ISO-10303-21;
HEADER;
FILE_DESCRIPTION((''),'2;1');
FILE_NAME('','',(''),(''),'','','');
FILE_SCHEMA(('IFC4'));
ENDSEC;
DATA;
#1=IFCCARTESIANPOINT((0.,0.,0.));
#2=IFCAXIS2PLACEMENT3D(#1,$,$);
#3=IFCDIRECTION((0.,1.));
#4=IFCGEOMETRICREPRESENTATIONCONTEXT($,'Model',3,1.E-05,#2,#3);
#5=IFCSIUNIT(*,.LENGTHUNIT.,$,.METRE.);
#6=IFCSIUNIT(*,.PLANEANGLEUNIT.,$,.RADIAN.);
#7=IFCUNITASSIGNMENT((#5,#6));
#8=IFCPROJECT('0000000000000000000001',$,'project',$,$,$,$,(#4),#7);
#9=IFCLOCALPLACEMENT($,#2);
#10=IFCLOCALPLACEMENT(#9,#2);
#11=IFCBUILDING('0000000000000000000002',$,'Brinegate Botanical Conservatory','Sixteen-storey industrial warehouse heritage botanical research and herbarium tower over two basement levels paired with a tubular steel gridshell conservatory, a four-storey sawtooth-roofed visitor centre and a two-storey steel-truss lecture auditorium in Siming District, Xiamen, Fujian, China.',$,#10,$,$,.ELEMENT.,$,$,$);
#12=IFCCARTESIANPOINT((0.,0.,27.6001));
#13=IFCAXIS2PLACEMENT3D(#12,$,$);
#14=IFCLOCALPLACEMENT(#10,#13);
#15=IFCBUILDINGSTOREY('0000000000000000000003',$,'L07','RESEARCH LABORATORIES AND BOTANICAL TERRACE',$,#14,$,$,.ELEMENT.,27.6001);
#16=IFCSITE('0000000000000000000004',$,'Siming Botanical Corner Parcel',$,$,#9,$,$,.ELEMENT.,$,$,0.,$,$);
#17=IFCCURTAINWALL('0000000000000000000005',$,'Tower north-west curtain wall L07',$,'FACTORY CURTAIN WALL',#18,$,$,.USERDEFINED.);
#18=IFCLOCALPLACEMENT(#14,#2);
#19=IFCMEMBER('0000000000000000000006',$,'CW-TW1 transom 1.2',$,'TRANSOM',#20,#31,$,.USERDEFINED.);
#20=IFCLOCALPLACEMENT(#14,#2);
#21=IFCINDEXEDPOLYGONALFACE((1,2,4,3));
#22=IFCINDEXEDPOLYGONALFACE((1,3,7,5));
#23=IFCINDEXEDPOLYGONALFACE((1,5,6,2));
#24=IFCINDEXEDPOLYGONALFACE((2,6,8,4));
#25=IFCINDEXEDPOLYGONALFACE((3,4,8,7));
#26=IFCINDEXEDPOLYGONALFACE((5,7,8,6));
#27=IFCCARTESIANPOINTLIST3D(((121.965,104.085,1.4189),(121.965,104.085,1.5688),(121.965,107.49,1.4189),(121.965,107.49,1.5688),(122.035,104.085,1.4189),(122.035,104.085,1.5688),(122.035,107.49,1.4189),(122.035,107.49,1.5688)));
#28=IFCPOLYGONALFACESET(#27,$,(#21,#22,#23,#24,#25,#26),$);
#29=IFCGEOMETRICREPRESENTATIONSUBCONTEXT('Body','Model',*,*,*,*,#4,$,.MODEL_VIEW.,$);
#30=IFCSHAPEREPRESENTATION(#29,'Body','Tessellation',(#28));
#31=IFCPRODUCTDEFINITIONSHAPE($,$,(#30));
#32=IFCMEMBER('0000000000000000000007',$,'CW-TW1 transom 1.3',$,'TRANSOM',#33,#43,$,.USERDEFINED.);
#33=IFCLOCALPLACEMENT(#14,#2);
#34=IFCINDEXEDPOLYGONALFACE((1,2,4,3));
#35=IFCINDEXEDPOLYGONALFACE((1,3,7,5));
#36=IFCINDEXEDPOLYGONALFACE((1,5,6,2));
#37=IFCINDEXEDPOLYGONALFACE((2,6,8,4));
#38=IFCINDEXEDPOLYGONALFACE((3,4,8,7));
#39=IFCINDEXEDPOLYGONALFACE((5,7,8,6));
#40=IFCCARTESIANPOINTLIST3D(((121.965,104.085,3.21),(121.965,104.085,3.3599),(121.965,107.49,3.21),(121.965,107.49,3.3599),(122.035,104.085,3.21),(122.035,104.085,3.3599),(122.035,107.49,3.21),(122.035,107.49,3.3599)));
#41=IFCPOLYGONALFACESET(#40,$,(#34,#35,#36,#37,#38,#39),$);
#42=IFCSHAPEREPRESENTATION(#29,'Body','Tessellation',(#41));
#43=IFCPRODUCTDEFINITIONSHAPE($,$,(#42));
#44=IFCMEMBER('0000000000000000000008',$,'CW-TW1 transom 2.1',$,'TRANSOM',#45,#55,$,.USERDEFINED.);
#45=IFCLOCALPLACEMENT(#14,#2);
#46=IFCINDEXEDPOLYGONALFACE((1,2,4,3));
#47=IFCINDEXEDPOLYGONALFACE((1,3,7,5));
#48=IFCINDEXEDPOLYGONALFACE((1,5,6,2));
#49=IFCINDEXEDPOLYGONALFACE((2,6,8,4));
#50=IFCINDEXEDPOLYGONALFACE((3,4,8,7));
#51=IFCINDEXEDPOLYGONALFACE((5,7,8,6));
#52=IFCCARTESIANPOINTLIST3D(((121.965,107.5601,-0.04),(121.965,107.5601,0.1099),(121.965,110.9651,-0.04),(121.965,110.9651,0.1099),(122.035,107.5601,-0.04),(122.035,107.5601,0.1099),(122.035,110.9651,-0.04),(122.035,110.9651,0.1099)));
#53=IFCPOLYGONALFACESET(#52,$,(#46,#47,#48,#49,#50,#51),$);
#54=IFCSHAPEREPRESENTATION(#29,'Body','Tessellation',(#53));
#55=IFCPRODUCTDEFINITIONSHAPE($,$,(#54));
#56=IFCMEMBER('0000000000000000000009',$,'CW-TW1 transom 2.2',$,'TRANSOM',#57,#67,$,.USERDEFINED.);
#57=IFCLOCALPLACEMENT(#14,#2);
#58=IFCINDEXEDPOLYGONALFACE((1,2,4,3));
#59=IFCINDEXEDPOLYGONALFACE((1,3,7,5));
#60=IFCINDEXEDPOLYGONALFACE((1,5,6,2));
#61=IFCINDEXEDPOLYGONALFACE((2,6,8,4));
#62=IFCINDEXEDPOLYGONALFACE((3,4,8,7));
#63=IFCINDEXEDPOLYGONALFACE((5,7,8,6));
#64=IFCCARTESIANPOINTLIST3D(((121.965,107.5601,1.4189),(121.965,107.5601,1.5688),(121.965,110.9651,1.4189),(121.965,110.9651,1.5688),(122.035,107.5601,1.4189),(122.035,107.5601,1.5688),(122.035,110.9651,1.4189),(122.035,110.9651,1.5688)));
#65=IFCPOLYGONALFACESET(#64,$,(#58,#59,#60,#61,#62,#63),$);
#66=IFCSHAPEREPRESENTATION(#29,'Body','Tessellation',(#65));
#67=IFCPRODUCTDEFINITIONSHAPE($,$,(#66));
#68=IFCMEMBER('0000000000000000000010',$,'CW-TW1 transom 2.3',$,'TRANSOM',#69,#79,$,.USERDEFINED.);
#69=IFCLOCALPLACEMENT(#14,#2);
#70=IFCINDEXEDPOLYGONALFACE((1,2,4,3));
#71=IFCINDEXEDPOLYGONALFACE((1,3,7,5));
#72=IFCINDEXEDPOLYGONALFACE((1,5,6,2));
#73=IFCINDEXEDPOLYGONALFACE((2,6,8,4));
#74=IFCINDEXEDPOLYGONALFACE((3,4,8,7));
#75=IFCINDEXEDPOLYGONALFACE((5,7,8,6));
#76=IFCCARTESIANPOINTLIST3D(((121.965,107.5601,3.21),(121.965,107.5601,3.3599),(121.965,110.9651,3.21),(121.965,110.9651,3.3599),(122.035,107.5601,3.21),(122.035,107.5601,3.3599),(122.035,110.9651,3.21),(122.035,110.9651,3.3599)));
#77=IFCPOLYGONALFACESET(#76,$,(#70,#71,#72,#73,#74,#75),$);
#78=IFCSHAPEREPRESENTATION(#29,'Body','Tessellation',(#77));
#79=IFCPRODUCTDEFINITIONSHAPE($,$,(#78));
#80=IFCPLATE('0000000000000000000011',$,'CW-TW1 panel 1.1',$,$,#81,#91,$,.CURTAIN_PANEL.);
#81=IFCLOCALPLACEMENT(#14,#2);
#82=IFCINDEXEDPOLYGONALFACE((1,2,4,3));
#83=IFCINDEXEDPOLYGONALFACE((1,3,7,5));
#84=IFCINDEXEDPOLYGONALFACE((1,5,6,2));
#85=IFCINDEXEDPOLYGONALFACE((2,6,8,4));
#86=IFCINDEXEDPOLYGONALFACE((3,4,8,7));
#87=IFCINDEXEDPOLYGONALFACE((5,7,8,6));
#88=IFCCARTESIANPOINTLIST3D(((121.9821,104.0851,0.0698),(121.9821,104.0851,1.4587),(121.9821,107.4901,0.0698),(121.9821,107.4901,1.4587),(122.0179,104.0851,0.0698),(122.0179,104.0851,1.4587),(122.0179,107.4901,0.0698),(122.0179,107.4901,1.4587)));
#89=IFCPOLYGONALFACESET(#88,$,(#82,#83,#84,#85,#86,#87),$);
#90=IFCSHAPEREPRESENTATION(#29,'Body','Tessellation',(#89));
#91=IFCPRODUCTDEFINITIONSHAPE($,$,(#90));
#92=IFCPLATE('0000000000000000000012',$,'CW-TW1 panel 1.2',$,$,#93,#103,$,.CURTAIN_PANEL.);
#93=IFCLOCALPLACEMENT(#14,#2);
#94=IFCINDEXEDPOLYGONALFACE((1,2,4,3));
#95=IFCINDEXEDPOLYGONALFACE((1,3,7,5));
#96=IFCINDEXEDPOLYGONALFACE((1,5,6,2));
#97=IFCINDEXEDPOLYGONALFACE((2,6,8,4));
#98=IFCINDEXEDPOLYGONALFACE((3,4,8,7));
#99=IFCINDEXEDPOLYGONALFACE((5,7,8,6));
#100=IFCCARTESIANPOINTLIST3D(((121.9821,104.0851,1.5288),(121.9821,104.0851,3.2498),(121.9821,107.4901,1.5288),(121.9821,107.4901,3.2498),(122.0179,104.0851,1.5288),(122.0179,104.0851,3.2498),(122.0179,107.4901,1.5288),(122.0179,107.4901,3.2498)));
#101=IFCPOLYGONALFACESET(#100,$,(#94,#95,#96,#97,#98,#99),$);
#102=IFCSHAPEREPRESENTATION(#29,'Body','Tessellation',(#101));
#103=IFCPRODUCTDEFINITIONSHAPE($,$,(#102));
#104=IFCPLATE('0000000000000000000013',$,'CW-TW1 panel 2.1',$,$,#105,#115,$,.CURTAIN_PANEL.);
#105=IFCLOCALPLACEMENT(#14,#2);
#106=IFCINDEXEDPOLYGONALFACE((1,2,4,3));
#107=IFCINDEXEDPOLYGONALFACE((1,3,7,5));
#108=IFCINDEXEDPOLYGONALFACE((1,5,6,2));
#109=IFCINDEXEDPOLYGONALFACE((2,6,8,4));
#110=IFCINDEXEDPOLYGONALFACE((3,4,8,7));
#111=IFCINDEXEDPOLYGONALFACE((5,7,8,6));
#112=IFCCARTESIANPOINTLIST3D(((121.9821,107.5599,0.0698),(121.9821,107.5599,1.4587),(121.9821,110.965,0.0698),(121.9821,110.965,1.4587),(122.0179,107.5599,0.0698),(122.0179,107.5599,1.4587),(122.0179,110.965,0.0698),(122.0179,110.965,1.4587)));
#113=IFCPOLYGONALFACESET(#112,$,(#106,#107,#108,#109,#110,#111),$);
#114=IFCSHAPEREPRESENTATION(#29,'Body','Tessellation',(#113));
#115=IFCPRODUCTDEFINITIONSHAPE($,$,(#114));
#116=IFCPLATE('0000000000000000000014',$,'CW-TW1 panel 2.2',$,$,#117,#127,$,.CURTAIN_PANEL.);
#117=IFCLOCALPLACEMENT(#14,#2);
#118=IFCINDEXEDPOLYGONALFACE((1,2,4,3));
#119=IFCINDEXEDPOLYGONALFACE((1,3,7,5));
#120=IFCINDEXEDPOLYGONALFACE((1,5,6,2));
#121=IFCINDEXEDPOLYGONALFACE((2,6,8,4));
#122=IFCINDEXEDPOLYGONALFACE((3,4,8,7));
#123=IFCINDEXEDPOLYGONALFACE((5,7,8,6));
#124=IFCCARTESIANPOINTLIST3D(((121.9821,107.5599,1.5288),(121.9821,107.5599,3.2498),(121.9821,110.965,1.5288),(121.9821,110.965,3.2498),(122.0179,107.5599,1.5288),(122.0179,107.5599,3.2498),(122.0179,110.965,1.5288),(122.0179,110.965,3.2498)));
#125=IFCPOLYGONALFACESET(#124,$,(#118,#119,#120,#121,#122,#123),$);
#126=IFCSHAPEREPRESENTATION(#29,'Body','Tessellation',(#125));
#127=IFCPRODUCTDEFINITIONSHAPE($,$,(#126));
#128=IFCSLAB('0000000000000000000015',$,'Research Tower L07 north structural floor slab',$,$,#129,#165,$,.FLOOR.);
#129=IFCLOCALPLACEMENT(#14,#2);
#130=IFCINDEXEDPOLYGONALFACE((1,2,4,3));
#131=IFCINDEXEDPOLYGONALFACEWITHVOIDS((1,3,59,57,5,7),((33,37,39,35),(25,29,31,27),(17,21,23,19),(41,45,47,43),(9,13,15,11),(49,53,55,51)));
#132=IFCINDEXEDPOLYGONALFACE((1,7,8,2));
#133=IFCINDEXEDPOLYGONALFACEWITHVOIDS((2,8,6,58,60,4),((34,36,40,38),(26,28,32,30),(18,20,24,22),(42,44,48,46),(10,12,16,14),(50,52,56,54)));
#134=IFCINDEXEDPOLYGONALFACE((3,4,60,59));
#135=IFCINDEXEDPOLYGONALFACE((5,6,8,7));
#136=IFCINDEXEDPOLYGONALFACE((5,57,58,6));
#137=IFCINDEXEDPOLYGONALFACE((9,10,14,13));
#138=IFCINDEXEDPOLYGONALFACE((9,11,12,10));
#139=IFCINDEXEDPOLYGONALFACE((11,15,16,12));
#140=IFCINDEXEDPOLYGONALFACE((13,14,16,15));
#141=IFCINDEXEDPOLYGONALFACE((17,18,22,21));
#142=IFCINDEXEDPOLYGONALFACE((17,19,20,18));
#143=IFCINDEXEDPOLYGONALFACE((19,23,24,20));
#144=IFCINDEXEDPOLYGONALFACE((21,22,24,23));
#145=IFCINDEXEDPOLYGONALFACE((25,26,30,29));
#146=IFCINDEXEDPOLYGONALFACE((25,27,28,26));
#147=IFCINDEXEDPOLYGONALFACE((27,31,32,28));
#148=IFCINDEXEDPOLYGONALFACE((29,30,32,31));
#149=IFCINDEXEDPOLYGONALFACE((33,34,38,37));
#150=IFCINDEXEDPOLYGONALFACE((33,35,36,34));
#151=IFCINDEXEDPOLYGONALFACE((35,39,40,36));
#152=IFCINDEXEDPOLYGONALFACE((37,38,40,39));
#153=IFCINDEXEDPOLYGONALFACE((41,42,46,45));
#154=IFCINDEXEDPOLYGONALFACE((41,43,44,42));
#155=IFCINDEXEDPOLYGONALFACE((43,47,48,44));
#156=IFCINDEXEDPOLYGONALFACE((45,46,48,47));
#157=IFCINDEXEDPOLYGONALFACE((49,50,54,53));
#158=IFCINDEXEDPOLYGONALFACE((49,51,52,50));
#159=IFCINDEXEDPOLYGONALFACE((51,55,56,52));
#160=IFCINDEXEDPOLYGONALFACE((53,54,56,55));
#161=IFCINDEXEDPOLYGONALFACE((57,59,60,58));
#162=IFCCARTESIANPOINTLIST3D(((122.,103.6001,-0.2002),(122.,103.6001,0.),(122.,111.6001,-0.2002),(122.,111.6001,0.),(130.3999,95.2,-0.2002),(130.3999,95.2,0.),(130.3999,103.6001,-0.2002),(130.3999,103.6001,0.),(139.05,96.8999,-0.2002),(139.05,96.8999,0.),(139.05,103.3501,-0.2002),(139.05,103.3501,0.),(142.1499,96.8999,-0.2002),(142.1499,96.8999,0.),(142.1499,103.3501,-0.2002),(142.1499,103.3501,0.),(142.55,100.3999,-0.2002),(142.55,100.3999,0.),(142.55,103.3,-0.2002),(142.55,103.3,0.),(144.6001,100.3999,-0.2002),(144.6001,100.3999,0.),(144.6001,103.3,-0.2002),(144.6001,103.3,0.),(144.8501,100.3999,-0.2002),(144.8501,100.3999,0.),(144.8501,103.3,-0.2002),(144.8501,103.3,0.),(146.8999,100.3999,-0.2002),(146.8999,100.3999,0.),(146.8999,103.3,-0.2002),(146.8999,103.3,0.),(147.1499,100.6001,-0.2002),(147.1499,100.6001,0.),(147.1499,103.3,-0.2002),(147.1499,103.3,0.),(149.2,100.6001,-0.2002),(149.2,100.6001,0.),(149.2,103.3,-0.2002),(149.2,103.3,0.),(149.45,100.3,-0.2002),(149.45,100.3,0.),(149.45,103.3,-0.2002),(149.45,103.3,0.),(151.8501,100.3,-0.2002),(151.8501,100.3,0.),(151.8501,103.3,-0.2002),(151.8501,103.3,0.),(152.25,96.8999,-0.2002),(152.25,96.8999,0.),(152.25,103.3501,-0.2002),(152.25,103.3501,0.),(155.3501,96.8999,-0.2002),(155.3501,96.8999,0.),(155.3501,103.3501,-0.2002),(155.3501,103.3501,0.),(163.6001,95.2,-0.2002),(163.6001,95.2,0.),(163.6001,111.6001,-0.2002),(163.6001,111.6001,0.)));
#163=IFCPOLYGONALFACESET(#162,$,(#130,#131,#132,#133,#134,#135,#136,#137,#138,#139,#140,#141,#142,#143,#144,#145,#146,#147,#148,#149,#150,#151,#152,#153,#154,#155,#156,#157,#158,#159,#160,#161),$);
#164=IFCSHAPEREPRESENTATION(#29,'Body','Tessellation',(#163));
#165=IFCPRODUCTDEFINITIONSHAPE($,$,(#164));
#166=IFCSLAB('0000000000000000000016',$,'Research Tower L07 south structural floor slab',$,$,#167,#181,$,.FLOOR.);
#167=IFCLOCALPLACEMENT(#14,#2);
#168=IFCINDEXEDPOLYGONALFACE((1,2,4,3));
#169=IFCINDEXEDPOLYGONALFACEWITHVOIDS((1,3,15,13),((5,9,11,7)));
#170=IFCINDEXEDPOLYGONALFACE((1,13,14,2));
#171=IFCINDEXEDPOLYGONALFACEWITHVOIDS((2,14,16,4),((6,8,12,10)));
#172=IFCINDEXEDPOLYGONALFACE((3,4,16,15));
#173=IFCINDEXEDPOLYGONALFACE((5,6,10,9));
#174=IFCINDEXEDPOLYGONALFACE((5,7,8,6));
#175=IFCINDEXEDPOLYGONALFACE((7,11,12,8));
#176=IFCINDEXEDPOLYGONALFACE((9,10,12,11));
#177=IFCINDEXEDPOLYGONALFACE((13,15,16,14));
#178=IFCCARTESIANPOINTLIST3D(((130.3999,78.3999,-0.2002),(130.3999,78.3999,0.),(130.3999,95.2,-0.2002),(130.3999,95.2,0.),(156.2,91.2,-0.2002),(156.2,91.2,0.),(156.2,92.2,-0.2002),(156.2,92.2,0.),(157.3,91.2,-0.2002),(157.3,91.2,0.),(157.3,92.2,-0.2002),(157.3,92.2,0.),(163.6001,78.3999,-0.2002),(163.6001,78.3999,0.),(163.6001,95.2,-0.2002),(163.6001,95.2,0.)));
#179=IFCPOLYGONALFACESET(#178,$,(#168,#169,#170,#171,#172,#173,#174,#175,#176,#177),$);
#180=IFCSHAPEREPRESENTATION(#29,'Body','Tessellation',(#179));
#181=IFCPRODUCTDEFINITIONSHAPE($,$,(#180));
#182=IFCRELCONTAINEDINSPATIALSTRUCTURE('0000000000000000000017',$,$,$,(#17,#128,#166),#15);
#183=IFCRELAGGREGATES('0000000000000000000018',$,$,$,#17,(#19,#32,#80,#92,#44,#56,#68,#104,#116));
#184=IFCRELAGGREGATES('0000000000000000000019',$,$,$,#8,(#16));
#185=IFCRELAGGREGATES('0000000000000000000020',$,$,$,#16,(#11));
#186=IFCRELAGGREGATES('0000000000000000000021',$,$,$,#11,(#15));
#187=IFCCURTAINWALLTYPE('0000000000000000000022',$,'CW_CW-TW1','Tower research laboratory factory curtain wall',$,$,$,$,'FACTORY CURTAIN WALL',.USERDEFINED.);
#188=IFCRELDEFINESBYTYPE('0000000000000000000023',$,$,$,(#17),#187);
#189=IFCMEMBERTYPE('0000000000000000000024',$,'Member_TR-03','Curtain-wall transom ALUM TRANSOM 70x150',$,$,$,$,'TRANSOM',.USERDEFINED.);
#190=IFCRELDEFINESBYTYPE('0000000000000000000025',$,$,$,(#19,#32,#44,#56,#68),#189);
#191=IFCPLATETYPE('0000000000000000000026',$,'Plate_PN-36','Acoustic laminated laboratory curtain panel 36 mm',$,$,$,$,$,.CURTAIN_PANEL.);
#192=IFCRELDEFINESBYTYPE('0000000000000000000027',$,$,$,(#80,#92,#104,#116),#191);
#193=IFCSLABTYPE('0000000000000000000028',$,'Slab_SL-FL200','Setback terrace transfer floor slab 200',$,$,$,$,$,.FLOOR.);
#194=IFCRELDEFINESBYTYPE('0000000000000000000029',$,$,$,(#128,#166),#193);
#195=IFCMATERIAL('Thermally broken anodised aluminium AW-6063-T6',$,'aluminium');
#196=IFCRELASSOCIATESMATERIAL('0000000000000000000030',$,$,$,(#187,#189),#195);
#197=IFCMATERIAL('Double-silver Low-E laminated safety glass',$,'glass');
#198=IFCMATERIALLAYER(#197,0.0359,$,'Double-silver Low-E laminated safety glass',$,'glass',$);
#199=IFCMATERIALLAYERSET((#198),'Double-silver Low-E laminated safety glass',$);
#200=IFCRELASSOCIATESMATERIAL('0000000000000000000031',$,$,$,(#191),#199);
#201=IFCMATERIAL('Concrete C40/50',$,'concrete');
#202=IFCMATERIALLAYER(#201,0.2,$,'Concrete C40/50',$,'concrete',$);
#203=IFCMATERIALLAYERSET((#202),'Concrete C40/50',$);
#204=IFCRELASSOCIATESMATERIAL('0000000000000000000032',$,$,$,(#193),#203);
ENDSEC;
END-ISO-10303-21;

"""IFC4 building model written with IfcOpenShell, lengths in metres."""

from ifc_helpers import new_model, si_unit, direction, frame, origin, origin_2d, place, context, subcontext, project, spatial, polyline, rectangle, outline, extrude, material, layer, layer_set, material_profile, profile_set, type_object, element, aggregate, save


model = new_model("IFC4")

# Units and contexts
model_context = context("Model", 3, precision=1e-05, world=origin(), true_north=direction((0.0, 1.0)))
body_context = subcontext(model_context, "Body", "Model", "MODEL_VIEW")
ifc_project = project(units=[si_unit("LENGTHUNIT", "METRE"), si_unit("PLANEANGLEUNIT", "RADIAN")], contexts=[model_context])

# Site, building, storey
site_placement = place(None, origin())
site = spatial("IfcSite", under=ifc_project, at=site_placement, Name="Siming Botanical Corner Parcel", CompositionType="ELEMENT", RefElevation=0.0)
building_placement = place(site_placement, origin())
building = spatial("IfcBuilding", under=site, at=building_placement, Name="Brinegate Botanical Conservatory", Description="Sixteen-storey industrial warehouse heritage botanical research and herbarium tower over two basement levels paired with a tubular steel gridshell conservatory, a four-storey sawtooth-roofed visitor centre and a two-storey steel-truss lecture auditorium in Siming District, Xiamen, Fujian, China.", CompositionType="ELEMENT")
storey_placement = place(building_placement, frame((0.0, 0.0, 27.6001)))
storey = spatial("IfcBuildingStorey", under=building, at=storey_placement, Name="L07", Description="RESEARCH LABORATORIES AND BOTANICAL TERRACE", CompositionType="ELEMENT", Elevation=27.6001)

# Shared definitions
ifc_material_1 = material(Name="Concrete C40/50", Category="concrete")

# Curtain wall, members, plates
ifc_material_2 = material(Name="Thermally broken anodised aluminium AW-6063-T6", Category="aluminium")
curtain_wall_type = type_object("IfcCurtainWallType", Name="CW_CW-TW1", Description="Tower research laboratory factory curtain wall", ElementType="FACTORY CURTAIN WALL", PredefinedType="USERDEFINED", material=ifc_material_2)
curtain_wall_placement = place(storey_placement, origin())
curtain_wall = element("IfcCurtainWall", 1, at=curtain_wall_placement, inside=storey, type_object=curtain_wall_type, Name="Tower north-west curtain wall L07", ObjectType="FACTORY CURTAIN WALL", PredefinedType="USERDEFINED")
ifc_material_profile_1 = material_profile(ifc_material_2, rectangle(XDim=0.0701, YDim=0.1499, at=origin_2d()), Name="ALUM TRANSOM 70x150")
ifc_profile_set_1 = profile_set([ifc_material_profile_1], Name="Thermally broken anodised aluminium AW-6063-T6")
member_type_1 = type_object("IfcMemberType", Name="Member_TR-03", Description="Curtain-wall transom ALUM TRANSOM 70x150", ElementType="TRANSOM", PredefinedType="USERDEFINED", material=ifc_profile_set_1)
member_1_placement = place(storey_placement, frame((122.0, 104.085, 1.4939), z_axis=(0.0, 1.0, 0.0), x_axis=(-1.0, 0.0, 0.0)))
member_1 = element("IfcMember", 2, at=member_1_placement, type_object=member_type_1, Name="CW-TW1 transom 1.2", ObjectType="TRANSOM", PredefinedType="USERDEFINED", context=body_context, shape_type="SweptSolid", body=[
    extrude(rectangle(XDim=0.0701, YDim=0.1499, at=origin_2d()), origin(), (0.0, 0.0, 1.0), 3.405),
])
member_2_placement = place(storey_placement, frame((122.0, 104.085, 3.2849), z_axis=(0.0, 1.0, 0.0), x_axis=(-1.0, 0.0, 0.0)))
member_2 = element("IfcMember", 3, at=member_2_placement, type_object=member_type_1, Name="CW-TW1 transom 1.3", ObjectType="TRANSOM", PredefinedType="USERDEFINED", context=body_context, shape_type="SweptSolid", body=[
    extrude(rectangle(XDim=0.0701, YDim=0.1499, at=origin_2d()), origin(), (0.0, 0.0, 1.0), 3.405),
])
member_3_placement = place(storey_placement, frame((122.0, 107.5601, 0.0349), z_axis=(0.0, 1.0, 0.0), x_axis=(-1.0, 0.0, 0.0)))
member_3 = element("IfcMember", 4, at=member_3_placement, type_object=member_type_1, Name="CW-TW1 transom 2.1", ObjectType="TRANSOM", PredefinedType="USERDEFINED", context=body_context, shape_type="SweptSolid", body=[
    extrude(rectangle(XDim=0.0701, YDim=0.1499, at=origin_2d()), origin(), (0.0, 0.0, 1.0), 3.405),
])
member_4_placement = place(storey_placement, frame((122.0, 107.5601, 1.4939), z_axis=(0.0, 1.0, 0.0), x_axis=(-1.0, 0.0, 0.0)))
member_4 = element("IfcMember", 5, at=member_4_placement, type_object=member_type_1, Name="CW-TW1 transom 2.2", ObjectType="TRANSOM", PredefinedType="USERDEFINED", context=body_context, shape_type="SweptSolid", body=[
    extrude(rectangle(XDim=0.0701, YDim=0.1499, at=origin_2d()), origin(), (0.0, 0.0, 1.0), 3.405),
])
member_5_placement = place(storey_placement, frame((122.0, 107.5601, 3.2849), z_axis=(0.0, 1.0, 0.0), x_axis=(-1.0, 0.0, 0.0)))
member_5 = element("IfcMember", 6, at=member_5_placement, type_object=member_type_1, Name="CW-TW1 transom 2.3", ObjectType="TRANSOM", PredefinedType="USERDEFINED", context=body_context, shape_type="SweptSolid", body=[
    extrude(rectangle(XDim=0.0701, YDim=0.1499, at=origin_2d()), origin(), (0.0, 0.0, 1.0), 3.405),
])
ifc_material_3 = material(Name="Double-silver Low-E laminated safety glass", Category="glass")
ifc_layer_1 = layer(ifc_material_3, 0.0359, Name="Double-silver Low-E laminated safety glass", Category="glass")
ifc_layer_set_1 = layer_set([ifc_layer_1], Name="Double-silver Low-E laminated safety glass")
plate_type = type_object("IfcPlateType", Name="Plate_PN-36", Description="Acoustic laminated laboratory curtain panel 36 mm", PredefinedType="CURTAIN_PANEL", material=ifc_layer_set_1)
plate_1_placement = place(storey_placement, frame((122.0, 105.7876, 0.0698), z_axis=(0.0, 0.0, 1.0), x_axis=(0.0, 1.0, 0.0)))
plate_1 = element("IfcPlate", 7, at=plate_1_placement, type_object=plate_type, Name="CW-TW1 panel 1.1", PredefinedType="CURTAIN_PANEL", context=body_context, shape_type="SweptSolid", body=[
    extrude(rectangle(XDim=3.405, YDim=0.0359, at=origin_2d()), origin(), (0.0, 0.0, 1.0), 1.3889),
])
plate_2_placement = place(storey_placement, frame((122.0, 105.7876, 1.5288), z_axis=(0.0, 0.0, 1.0), x_axis=(0.0, 1.0, 0.0)))
plate_2 = element("IfcPlate", 8, at=plate_2_placement, type_object=plate_type, Name="CW-TW1 panel 1.2", PredefinedType="CURTAIN_PANEL", context=body_context, shape_type="SweptSolid", body=[
    extrude(rectangle(XDim=3.405, YDim=0.0359, at=origin_2d()), origin(), (0.0, 0.0, 1.0), 1.7209),
])
plate_3_placement = place(storey_placement, frame((122.0, 109.2625, 0.0698), z_axis=(0.0, 0.0, 1.0), x_axis=(0.0, 1.0, 0.0)))
plate_3 = element("IfcPlate", 9, at=plate_3_placement, type_object=plate_type, Name="CW-TW1 panel 2.1", PredefinedType="CURTAIN_PANEL", context=body_context, shape_type="SweptSolid", body=[
    extrude(rectangle(XDim=3.405, YDim=0.0359, at=origin_2d()), origin(), (0.0, 0.0, 1.0), 1.3889),
])
plate_4_placement = place(storey_placement, frame((122.0, 109.2625, 1.5288), z_axis=(0.0, 0.0, 1.0), x_axis=(0.0, 1.0, 0.0)))
plate_4 = element("IfcPlate", 10, at=plate_4_placement, type_object=plate_type, Name="CW-TW1 panel 2.2", PredefinedType="CURTAIN_PANEL", context=body_context, shape_type="SweptSolid", body=[
    extrude(rectangle(XDim=3.405, YDim=0.0359, at=origin_2d()), origin(), (0.0, 0.0, 1.0), 1.7209),
])
aggregate(curtain_wall, [member_1, member_2, plate_1, plate_2, member_3, member_4, member_5, plate_3, plate_4])

# Slabs
ifc_layer_2 = layer(ifc_material_1, 0.2, Name="Concrete C40/50", Category="concrete")
ifc_layer_set_2 = layer_set([ifc_layer_2], Name="Concrete C40/50")
slab_type_1 = type_object("IfcSlabType", Name="Slab_SL-FL200", Description="Setback terrace transfer floor slab 200", PredefinedType="FLOOR", material=ifc_layer_set_2)
slab_1_placement = place(storey_placement, frame((0.0, 0.0, -0.2002)))
element("IfcSlab", 11, at=slab_1_placement, inside=storey, type_object=slab_type_1, Name="Research Tower L07 north structural floor slab", PredefinedType="FLOOR", context=body_context, shape_type="SweptSolid", body=[
    extrude(outline(polyline([(130.3999, 103.6001), (122.0, 103.6001), (122.0, 111.6001), (163.6001, 111.6001), (163.6001, 95.2), (130.3999, 95.2), (130.3999, 103.6001)]), holes=[polyline([(142.1499, 96.8999), (142.1499, 103.3501), (139.05, 103.3501), (139.05, 96.8999), (142.1499, 96.8999)]), polyline([(155.3501, 96.8999), (155.3501, 103.3501), (152.25, 103.3501), (152.25, 96.8999), (155.3501, 96.8999)]), polyline([(142.55, 100.3999), (144.6001, 100.3999), (144.6001, 103.3), (142.55, 103.3), (142.55, 100.3999)]), polyline([(144.8501, 100.3999), (146.8999, 100.3999), (146.8999, 103.3), (144.8501, 103.3), (144.8501, 100.3999)]), polyline([(147.1499, 100.6001), (149.2, 100.6001), (149.2, 103.3), (147.1499, 103.3), (147.1499, 100.6001)]), polyline([(149.45, 100.3), (151.8501, 100.3), (151.8501, 103.3), (149.45, 103.3), (149.45, 100.3)])]), origin(), (0.0, 0.0, 1.0), 0.2002),
])
slab_2_placement = place(storey_placement, frame((0.0, 0.0, -0.2002)))
element("IfcSlab", 12, at=slab_2_placement, inside=storey, type_object=slab_type_1, Name="Research Tower L07 south structural floor slab", PredefinedType="FLOOR", context=body_context, shape_type="SweptSolid", body=[
    extrude(outline(polyline([(163.6001, 78.3999), (130.3999, 78.3999), (130.3999, 95.2), (163.6001, 95.2), (163.6001, 78.3999)]), holes=[polyline([(156.2, 91.2), (157.3, 91.2), (157.3, 92.2), (156.2, 92.2), (156.2, 91.2)])]), origin(), (0.0, 0.0, 1.0), 0.2002),
])

save(model, "model.ifc")
